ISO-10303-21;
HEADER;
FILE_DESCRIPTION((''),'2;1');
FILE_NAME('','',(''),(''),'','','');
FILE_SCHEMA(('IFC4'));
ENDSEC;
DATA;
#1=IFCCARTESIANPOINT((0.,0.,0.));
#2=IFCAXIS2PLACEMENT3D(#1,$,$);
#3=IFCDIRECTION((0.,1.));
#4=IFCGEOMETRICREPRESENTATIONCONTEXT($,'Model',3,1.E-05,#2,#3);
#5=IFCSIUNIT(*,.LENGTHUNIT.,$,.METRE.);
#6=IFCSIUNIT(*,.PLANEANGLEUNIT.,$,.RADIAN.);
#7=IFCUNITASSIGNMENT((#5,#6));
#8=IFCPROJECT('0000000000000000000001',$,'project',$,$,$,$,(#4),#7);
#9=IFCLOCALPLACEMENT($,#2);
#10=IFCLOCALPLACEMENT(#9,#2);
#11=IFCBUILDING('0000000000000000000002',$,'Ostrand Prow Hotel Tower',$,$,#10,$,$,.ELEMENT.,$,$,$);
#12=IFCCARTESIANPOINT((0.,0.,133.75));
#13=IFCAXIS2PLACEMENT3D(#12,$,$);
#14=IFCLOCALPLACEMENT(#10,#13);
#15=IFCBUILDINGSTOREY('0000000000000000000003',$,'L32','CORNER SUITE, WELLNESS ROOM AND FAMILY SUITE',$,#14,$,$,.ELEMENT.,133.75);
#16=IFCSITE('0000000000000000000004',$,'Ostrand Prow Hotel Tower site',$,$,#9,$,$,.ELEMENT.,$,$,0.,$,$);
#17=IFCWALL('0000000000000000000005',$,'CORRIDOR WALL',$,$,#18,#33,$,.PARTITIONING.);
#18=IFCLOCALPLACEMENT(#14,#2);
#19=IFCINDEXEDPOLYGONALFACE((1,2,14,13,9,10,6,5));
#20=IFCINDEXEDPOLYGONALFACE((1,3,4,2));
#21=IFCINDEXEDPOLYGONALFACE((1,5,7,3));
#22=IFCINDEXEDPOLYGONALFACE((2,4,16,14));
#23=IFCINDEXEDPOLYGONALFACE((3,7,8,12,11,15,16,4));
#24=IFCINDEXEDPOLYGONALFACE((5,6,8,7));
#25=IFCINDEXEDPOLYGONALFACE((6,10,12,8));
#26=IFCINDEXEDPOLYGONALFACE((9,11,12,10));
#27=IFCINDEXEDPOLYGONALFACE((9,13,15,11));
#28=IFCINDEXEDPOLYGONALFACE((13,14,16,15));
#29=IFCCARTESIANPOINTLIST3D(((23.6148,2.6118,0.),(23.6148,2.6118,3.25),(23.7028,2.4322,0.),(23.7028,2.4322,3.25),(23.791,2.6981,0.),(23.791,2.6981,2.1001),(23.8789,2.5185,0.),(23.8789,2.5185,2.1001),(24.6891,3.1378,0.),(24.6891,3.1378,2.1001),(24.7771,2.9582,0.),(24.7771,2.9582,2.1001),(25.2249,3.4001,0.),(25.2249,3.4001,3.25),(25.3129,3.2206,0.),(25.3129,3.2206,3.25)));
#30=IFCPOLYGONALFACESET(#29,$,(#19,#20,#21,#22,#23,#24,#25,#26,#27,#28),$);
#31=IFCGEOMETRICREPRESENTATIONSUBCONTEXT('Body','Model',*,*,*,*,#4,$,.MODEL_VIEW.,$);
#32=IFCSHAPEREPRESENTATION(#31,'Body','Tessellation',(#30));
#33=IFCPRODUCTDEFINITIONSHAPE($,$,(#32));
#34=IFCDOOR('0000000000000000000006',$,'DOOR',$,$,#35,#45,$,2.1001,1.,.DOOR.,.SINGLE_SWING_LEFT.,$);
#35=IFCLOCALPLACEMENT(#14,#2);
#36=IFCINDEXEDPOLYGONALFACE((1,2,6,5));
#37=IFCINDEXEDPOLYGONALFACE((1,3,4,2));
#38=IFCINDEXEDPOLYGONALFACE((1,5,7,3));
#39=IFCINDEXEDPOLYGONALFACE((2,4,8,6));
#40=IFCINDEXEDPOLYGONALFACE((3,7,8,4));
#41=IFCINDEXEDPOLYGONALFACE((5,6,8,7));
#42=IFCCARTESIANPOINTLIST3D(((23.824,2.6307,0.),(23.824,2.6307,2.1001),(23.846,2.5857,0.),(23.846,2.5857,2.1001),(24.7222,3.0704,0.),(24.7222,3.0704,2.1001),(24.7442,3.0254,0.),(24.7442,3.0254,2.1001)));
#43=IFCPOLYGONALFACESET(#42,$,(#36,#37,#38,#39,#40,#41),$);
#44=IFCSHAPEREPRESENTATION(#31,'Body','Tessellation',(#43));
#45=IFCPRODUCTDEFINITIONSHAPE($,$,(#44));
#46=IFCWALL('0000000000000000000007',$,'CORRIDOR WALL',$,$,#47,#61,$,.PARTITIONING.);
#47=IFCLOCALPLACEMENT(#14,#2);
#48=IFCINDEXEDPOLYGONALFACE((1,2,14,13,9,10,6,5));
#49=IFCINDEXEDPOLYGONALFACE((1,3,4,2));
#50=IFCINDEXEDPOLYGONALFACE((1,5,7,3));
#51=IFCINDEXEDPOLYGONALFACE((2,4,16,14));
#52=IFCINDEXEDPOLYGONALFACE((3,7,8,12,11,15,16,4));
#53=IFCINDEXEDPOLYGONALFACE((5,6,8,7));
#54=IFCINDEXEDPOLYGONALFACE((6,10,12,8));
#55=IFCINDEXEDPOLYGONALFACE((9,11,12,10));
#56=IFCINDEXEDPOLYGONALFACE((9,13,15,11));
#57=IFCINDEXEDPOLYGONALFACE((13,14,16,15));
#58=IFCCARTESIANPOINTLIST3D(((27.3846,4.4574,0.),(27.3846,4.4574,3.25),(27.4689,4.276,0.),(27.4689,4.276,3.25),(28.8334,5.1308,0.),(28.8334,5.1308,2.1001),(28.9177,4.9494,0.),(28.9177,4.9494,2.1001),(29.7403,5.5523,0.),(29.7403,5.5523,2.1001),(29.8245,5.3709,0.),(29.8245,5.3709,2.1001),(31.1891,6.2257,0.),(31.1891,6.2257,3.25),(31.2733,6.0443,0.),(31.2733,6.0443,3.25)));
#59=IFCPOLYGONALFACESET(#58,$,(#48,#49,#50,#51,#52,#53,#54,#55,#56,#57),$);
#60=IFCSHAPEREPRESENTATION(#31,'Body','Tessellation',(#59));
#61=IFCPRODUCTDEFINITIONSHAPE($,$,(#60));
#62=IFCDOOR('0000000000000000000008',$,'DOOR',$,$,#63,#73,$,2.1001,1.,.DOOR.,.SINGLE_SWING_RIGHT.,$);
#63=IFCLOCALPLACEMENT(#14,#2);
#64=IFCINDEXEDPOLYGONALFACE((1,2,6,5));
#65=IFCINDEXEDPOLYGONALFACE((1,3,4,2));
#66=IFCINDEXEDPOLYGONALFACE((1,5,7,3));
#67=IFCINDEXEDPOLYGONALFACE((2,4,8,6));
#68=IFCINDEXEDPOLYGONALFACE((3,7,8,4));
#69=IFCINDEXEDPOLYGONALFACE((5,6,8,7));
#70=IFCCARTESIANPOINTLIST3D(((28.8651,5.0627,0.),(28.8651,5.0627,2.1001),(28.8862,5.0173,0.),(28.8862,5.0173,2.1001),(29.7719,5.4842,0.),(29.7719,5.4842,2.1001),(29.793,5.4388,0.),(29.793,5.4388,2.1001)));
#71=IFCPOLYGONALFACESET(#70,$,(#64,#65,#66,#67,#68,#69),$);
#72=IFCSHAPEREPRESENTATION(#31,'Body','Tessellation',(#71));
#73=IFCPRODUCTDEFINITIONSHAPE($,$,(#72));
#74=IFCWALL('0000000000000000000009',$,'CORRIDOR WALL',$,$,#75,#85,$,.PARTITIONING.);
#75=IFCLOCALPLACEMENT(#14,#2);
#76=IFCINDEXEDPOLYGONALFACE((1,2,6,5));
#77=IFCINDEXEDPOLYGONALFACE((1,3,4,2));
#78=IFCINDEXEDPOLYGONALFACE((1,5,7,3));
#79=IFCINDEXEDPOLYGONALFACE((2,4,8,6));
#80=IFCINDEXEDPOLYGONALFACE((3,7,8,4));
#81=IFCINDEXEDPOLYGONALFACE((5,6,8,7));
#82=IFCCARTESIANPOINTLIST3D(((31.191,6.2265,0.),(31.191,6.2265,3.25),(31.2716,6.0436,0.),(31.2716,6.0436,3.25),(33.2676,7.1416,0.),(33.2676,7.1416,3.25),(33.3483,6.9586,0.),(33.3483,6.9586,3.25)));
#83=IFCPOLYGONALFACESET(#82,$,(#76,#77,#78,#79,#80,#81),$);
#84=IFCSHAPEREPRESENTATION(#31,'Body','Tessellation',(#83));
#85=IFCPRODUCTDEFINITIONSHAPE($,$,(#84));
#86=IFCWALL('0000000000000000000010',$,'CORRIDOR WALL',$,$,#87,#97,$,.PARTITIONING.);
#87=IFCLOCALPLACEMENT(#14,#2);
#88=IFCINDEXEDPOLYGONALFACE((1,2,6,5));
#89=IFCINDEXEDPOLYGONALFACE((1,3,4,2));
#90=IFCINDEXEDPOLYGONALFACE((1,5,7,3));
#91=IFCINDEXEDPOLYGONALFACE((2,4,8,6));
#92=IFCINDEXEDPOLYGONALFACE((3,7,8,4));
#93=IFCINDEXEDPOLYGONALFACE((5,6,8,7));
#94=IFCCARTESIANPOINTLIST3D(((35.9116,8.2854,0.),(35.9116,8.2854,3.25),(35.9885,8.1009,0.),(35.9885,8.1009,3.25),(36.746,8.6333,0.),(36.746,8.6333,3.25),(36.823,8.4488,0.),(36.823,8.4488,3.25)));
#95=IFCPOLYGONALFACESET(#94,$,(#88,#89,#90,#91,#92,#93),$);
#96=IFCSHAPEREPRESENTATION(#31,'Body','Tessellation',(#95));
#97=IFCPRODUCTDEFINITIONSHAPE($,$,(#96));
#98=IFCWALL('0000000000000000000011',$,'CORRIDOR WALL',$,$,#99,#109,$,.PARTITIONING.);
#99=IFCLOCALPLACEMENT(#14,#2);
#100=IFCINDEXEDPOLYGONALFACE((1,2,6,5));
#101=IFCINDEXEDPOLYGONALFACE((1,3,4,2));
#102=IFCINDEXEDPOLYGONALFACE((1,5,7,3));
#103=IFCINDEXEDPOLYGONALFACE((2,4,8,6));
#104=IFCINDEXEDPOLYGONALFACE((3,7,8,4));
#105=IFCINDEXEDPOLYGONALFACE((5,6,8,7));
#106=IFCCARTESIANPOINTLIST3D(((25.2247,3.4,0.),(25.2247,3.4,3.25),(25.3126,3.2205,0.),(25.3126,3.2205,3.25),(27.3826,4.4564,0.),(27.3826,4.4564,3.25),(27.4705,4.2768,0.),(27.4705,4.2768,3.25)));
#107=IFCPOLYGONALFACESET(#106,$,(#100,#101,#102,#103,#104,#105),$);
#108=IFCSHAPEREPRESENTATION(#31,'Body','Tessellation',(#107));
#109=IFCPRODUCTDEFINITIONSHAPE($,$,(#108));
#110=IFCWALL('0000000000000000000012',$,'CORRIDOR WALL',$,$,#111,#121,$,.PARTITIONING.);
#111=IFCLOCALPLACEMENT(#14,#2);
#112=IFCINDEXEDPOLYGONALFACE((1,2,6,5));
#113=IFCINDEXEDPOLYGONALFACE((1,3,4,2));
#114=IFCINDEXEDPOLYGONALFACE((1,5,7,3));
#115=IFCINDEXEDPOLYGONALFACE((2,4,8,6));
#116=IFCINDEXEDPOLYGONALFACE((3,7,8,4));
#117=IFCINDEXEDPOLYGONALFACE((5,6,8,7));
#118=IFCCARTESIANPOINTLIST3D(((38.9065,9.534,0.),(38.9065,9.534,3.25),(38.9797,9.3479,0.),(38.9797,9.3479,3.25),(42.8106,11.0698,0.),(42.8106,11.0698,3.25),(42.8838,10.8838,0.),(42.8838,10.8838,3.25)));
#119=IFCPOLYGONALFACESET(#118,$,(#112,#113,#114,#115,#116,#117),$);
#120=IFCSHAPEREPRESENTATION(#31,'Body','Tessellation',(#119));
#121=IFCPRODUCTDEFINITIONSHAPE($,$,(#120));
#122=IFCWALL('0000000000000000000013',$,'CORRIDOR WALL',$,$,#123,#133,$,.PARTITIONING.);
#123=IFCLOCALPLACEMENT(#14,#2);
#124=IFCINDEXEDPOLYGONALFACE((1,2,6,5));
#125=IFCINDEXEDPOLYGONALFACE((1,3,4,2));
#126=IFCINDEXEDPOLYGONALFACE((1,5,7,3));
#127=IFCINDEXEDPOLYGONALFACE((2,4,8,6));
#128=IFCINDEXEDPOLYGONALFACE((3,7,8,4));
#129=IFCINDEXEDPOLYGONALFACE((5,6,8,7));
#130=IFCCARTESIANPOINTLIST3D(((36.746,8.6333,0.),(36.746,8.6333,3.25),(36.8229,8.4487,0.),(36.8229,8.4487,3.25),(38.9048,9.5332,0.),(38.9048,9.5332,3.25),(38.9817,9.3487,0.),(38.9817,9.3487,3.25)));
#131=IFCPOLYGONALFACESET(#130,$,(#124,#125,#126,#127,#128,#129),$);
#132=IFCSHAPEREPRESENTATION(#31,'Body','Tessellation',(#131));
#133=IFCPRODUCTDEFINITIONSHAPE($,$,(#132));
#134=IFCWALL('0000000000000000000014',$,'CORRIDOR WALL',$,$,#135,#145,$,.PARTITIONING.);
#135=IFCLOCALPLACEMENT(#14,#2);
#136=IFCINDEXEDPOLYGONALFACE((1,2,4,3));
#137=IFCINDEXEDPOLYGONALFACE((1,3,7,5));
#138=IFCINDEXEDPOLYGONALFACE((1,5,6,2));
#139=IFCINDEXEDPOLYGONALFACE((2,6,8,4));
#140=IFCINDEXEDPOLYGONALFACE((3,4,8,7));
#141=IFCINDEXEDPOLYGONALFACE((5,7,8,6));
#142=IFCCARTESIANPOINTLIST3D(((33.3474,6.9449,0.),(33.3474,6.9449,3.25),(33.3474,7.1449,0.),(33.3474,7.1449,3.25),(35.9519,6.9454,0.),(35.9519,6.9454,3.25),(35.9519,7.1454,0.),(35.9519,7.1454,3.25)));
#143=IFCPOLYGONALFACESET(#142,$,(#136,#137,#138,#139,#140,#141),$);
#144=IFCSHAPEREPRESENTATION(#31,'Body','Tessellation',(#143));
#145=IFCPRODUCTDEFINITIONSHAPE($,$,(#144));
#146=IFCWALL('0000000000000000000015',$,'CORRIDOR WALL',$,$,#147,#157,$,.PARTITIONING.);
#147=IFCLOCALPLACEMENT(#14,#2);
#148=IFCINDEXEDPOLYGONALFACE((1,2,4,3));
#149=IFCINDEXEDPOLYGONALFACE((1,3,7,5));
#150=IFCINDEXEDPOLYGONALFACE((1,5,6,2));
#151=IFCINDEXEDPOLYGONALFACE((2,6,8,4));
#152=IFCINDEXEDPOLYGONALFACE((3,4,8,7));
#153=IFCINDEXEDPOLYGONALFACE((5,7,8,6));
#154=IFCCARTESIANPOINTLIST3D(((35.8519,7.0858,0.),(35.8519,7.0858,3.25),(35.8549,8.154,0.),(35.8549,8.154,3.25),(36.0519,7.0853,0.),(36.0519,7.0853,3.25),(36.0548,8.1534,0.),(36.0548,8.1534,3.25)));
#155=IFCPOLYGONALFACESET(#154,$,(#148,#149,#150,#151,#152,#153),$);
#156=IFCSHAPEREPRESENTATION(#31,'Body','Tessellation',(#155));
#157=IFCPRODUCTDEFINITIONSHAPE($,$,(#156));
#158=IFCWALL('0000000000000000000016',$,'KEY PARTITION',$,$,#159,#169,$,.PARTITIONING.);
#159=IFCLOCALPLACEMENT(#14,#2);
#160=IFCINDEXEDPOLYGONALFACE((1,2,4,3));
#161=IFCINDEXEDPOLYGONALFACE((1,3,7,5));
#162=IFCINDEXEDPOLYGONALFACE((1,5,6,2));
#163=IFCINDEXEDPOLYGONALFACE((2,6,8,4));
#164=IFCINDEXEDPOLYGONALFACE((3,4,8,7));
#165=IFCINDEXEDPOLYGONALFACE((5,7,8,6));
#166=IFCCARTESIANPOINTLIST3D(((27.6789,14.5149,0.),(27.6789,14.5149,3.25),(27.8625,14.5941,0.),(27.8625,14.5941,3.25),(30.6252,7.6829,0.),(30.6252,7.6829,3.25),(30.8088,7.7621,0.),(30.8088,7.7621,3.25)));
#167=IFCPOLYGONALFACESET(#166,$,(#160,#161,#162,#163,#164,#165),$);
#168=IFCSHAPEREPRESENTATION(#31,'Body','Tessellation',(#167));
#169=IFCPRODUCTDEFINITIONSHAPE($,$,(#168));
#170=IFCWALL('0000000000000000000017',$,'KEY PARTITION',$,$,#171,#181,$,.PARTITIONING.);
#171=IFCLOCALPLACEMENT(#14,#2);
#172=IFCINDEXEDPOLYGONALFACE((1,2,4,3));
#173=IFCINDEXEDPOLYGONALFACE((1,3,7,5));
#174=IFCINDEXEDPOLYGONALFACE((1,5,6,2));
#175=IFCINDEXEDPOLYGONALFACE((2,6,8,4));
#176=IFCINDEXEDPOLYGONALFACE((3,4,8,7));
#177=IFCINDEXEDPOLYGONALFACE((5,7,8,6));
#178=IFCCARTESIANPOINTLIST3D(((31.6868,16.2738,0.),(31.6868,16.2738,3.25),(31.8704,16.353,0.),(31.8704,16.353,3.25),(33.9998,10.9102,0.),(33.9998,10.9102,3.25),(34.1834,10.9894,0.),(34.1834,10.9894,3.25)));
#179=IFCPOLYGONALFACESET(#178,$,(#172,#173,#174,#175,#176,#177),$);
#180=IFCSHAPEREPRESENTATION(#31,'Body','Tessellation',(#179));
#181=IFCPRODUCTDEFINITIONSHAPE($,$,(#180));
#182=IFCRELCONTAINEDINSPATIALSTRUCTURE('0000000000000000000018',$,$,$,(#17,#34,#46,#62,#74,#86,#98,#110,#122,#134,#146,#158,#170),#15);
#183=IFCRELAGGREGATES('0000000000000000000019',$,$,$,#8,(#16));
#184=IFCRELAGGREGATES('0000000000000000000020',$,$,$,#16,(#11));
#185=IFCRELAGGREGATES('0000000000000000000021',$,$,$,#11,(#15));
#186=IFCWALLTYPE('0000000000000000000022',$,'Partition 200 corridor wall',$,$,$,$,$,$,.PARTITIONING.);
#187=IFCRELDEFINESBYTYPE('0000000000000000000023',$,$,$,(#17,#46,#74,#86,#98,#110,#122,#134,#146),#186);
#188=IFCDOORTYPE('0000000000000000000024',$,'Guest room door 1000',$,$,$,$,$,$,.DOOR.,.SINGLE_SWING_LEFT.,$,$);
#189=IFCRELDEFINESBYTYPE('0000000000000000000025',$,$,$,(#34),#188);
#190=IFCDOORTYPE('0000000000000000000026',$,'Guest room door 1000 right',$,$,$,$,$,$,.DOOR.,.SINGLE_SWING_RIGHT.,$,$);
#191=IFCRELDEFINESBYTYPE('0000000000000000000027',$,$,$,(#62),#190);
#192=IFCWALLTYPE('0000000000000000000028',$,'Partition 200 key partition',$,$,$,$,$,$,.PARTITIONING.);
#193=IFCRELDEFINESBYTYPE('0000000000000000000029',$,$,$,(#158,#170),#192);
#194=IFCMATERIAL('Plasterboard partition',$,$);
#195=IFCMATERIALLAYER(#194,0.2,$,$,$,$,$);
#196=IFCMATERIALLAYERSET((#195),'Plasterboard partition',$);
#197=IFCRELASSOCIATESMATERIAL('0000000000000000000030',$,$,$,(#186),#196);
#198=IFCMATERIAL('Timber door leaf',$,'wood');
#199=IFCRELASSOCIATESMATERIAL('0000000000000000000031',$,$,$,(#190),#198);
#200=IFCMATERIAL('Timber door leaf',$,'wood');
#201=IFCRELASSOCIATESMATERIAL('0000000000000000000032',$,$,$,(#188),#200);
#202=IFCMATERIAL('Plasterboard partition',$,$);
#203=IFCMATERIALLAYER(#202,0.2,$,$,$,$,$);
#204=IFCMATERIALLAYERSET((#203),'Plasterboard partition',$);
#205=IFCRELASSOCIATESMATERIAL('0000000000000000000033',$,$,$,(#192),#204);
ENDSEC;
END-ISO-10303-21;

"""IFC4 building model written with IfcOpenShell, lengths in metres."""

from ifc_helpers import new_model, si_unit, direction, frame, frame_2d, origin, place, context, subcontext, project, spatial, rectangle, extrude, material, layer, layer_set, type_object, element, fill, save


model = new_model("IFC4")

# Units and contexts
model_context = context("Model", 3, precision=1e-05, world=origin(), true_north=direction((0.0, 1.0)))
body_context = subcontext(model_context, "Body", "Model", "MODEL_VIEW")
ifc_project = project(units=[si_unit("LENGTHUNIT", "METRE"), si_unit("PLANEANGLEUNIT", "RADIAN")], contexts=[model_context])

# Site, building, storey
site_placement = place(None, origin())
site = spatial("IfcSite", under=ifc_project, at=site_placement, Name="Ostrand Prow Hotel Tower site", CompositionType="ELEMENT", RefElevation=0.0)
building_placement = place(site_placement, origin())
building = spatial("IfcBuilding", under=site, at=building_placement, Name="Ostrand Prow Hotel Tower", CompositionType="ELEMENT")
storey_placement = place(building_placement, frame((0.0, 0.0, 133.75)))
storey = spatial("IfcBuildingStorey", under=building, at=storey_placement, Name="L32", Description="CORNER SUITE, WELLNESS ROOM AND FAMILY SUITE", CompositionType="ELEMENT", Elevation=133.75)

# Walls, openings, doors
ifc_material_1 = material(Name="Plasterboard partition")
ifc_layer_1 = layer(ifc_material_1, 0.2)
ifc_layer_set_1 = layer_set([ifc_layer_1], Name="Plasterboard partition")
wall_type_1 = type_object("IfcWallType", Name="Partition 200 corridor wall", PredefinedType="PARTITIONING", material=ifc_layer_set_1)
ifc_material_2 = material(Name="Timber door leaf", Category="wood")
door_type_1 = type_object("IfcDoorType", Name="Guest room door 1000 right", OperationType="SINGLE_SWING_RIGHT", PredefinedType="DOOR", material=ifc_material_2)
wall_1_placement = place(storey_placement, frame((23.6587, 2.522, 0.0), z_axis=(0.0, 0.0, 1.0), x_axis=(0.898127, 0.439735, 0.0)))
wall_1 = element("IfcWall", 1, at=wall_1_placement, inside=storey, type_object=wall_type_1, Name="CORRIDOR WALL", PredefinedType="PARTITIONING", context=body_context, shape_type="SweptSolid", body=[
    extrude(rectangle(XDim=1.7927, YDim=0.2, at=frame_2d((0.8965, 0.0))), origin(), (0.0, 0.0, 1.0), 3.25),
])
opening_1_placement = place(wall_1_placement, frame((0.1963, 0.0, 0.0)))
opening_1 = element("IfcOpeningElement", 2, at=opening_1_placement, cuts=wall_1, PredefinedType="OPENING", context=body_context, shape_type="SweptSolid", body=[
    extrude(rectangle(XDim=1.0, YDim=2.1001, at=frame_2d((0.5, 1.05))), frame((0.0, 0.1099, 0.0), z_axis=(0.0, -1.0, 0.0), x_axis=(1.0, 0.0, 0.0)), (0.0, 0.0, 1.0), 0.22),
])
ifc_material_3 = material(Name="Timber door leaf", Category="wood")
door_type_2 = type_object("IfcDoorType", Name="Guest room door 1000", OperationType="SINGLE_SWING_LEFT", PredefinedType="DOOR", material=ifc_material_3)
door_1_placement = place(opening_1_placement, origin())
door_1 = element("IfcDoor", 3, at=door_1_placement, inside=storey, type_object=door_type_2, Name="DOOR", OperationType="SINGLE_SWING_LEFT", OverallHeight=2.1001, OverallWidth=1.0, PredefinedType="DOOR", context=body_context, shape_type="SweptSolid", body=[
    extrude(rectangle(XDim=1.0, YDim=2.1001, at=frame_2d((0.5, 1.05))), frame((0.0, 0.0249, 0.0), z_axis=(0.0, -1.0, 0.0), x_axis=(1.0, 0.0, 0.0)), (0.0, 0.0, 1.0), 0.05),
])
fill(opening_1, door_1)
wall_2_placement = place(storey_placement, frame((27.4268, 4.3667, 0.0), z_axis=(0.0, 0.0, 1.0), x_axis=(0.90683, 0.421496, 0.0)))
wall_2 = element("IfcWall", 4, at=wall_2_placement, inside=storey, type_object=wall_type_1, Name="CORRIDOR WALL", PredefinedType="PARTITIONING", context=body_context, shape_type="SweptSolid", body=[
    extrude(rectangle(XDim=4.1953, YDim=0.2, at=frame_2d((2.0977, 0.0))), origin(), (0.0, 0.0, 1.0), 3.25),
])
opening_2_placement = place(wall_2_placement, frame((1.5977, 0.0, 0.0)))
opening_2 = element("IfcOpeningElement", 5, at=opening_2_placement, cuts=wall_2, PredefinedType="OPENING", context=body_context, shape_type="SweptSolid", body=[
    extrude(rectangle(XDim=1.0, YDim=2.1001, at=frame_2d((0.5, 1.05))), frame((0.0, 0.1099, 0.0), z_axis=(0.0, -1.0, 0.0), x_axis=(1.0, 0.0, 0.0)), (0.0, 0.0, 1.0), 0.22),
])
door_2_placement = place(opening_2_placement, origin())
door_2 = element("IfcDoor", 6, at=door_2_placement, inside=storey, type_object=door_type_1, Name="DOOR", OperationType="SINGLE_SWING_RIGHT", OverallHeight=2.1001, OverallWidth=1.0, PredefinedType="DOOR", context=body_context, shape_type="SweptSolid", body=[
    extrude(rectangle(XDim=1.0, YDim=2.1001, at=frame_2d((0.5, 1.05))), frame((0.0, 0.0249, 0.0), z_axis=(0.0, -1.0, 0.0), x_axis=(1.0, 0.0, 0.0)), (0.0, 0.0, 1.0), 0.05),
])
fill(opening_2, door_2)

# Walls
wall_3_placement = place(storey_placement, frame((31.2312, 6.135, 0.0), z_axis=(0.0, 0.0, 1.0), x_axis=(0.915102, 0.403222, 0.0)))
element("IfcWall", 7, at=wall_3_placement, inside=storey, type_object=wall_type_1, Name="CORRIDOR WALL", PredefinedType="PARTITIONING", context=body_context, shape_type="SweptSolid", body=[
    extrude(rectangle(XDim=2.2693, YDim=0.2, at=frame_2d((1.1348, 0.0))), origin(), (0.0, 0.0, 1.0), 3.25),
])
wall_4_placement = place(storey_placement, frame((35.95, 8.1931, 0.0), z_axis=(0.0, 0.0, 1.0), x_axis=(0.922997, 0.384807, 0.0)))
element("IfcWall", 8, at=wall_4_placement, inside=storey, type_object=wall_type_1, Name="CORRIDOR WALL", PredefinedType="PARTITIONING", context=body_context, shape_type="SweptSolid", body=[
    extrude(rectangle(XDim=0.9041, YDim=0.2, at=frame_2d((0.4521, 0.0))), origin(), (0.0, 0.0, 1.0), 3.25),
])
wall_5_placement = place(storey_placement, frame((25.2688, 3.3103, 0.0), z_axis=(0.0, 0.0, 1.0), x_axis=(0.898155, 0.439678, 0.0)))
element("IfcWall", 9, at=wall_5_placement, inside=storey, type_object=wall_type_1, Name="CORRIDOR WALL", PredefinedType="PARTITIONING", context=body_context, shape_type="SweptSolid", body=[
    extrude(rectangle(XDim=2.4026, YDim=0.2, at=frame_2d((1.2012, 0.0))), origin(), (0.0, 0.0, 1.0), 3.25),
])
wall_6_placement = place(storey_placement, frame((38.9431, 9.4409, 0.0), z_axis=(0.0, 0.0, 1.0), x_axis=(0.930577, 0.366097, 0.0)))
element("IfcWall", 10, at=wall_6_placement, inside=storey, type_object=wall_type_1, Name="CORRIDOR WALL", PredefinedType="PARTITIONING", context=body_context, shape_type="SweptSolid", body=[
    extrude(rectangle(XDim=4.1953, YDim=0.2, at=frame_2d((2.0977, 0.0))), origin(), (0.0, 0.0, 1.0), 3.25),
])
wall_7_placement = place(storey_placement, frame((36.7844, 8.541, 0.0), z_axis=(0.0, 0.0, 1.0), x_axis=(0.923009, 0.384778, 0.0)))
element("IfcWall", 11, at=wall_7_placement, inside=storey, type_object=wall_type_1, Name="CORRIDOR WALL", PredefinedType="PARTITIONING", context=body_context, shape_type="SweptSolid", body=[
    extrude(rectangle(XDim=2.3389, YDim=0.2, at=frame_2d((1.1694, 0.0))), origin(), (0.0, 0.0, 1.0), 3.25),
])
wall_8_placement = place(storey_placement, frame((33.3474, 7.0449, 0.0), z_axis=(0.0, 0.0, 1.0), x_axis=(1.0, 0.000187, 0.0)))
element("IfcWall", 12, at=wall_8_placement, inside=storey, type_object=wall_type_1, Name="CORRIDOR WALL", PredefinedType="PARTITIONING", context=body_context, shape_type="SweptSolid", body=[
    extrude(rectangle(XDim=2.6045, YDim=0.2, at=frame_2d((1.3022, 0.0))), origin(), (0.0, 0.0, 1.0), 3.25),
])
wall_9_placement = place(storey_placement, frame((35.9519, 7.0854, 0.0), z_axis=(0.0, 0.0, 1.0), x_axis=(0.002743, 0.999996, 0.0)))
element("IfcWall", 13, at=wall_9_placement, inside=storey, type_object=wall_type_1, Name="CORRIDOR WALL", PredefinedType="PARTITIONING", context=body_context, shape_type="SweptSolid", body=[
    extrude(rectangle(XDim=1.0681, YDim=0.2, at=frame_2d((0.5342, 0.0))), origin(), (0.0, 0.0, 1.0), 3.25),
])
ifc_material_4 = material(Name="Plasterboard partition")
ifc_layer_2 = layer(ifc_material_4, 0.2)
ifc_layer_set_2 = layer_set([ifc_layer_2], Name="Plasterboard partition")
wall_type_2 = type_object("IfcWallType", Name="Partition 200 key partition", PredefinedType="PARTITIONING", material=ifc_layer_set_2)
wall_10_placement = place(storey_placement, frame((30.717, 7.7224, 0.0), z_axis=(0.0, 0.0, 1.0), x_axis=(-0.395993, 0.918253, 0.0)))
element("IfcWall", 14, at=wall_10_placement, inside=storey, type_object=wall_type_2, Name="KEY PARTITION", PredefinedType="PARTITIONING", context=body_context, shape_type="SweptSolid", body=[
    extrude(rectangle(XDim=7.4402, YDim=0.2, at=frame_2d((3.7202, 0.0))), origin(), (0.0, 0.0, 1.0), 3.25),
])
wall_11_placement = place(storey_placement, frame((34.0916, 10.95, 0.0), z_axis=(0.0, 0.0, 1.0), x_axis=(-0.395992, 0.918254, 0.0)))
element("IfcWall", 15, at=wall_11_placement, inside=storey, type_object=wall_type_2, Name="KEY PARTITION", PredefinedType="PARTITIONING", context=body_context, shape_type="SweptSolid", body=[
    extrude(rectangle(XDim=5.8411, YDim=0.2, at=frame_2d((2.9204, 0.0))), origin(), (0.0, 0.0, 1.0), 3.25),
])

save(model, "model.ifc")
